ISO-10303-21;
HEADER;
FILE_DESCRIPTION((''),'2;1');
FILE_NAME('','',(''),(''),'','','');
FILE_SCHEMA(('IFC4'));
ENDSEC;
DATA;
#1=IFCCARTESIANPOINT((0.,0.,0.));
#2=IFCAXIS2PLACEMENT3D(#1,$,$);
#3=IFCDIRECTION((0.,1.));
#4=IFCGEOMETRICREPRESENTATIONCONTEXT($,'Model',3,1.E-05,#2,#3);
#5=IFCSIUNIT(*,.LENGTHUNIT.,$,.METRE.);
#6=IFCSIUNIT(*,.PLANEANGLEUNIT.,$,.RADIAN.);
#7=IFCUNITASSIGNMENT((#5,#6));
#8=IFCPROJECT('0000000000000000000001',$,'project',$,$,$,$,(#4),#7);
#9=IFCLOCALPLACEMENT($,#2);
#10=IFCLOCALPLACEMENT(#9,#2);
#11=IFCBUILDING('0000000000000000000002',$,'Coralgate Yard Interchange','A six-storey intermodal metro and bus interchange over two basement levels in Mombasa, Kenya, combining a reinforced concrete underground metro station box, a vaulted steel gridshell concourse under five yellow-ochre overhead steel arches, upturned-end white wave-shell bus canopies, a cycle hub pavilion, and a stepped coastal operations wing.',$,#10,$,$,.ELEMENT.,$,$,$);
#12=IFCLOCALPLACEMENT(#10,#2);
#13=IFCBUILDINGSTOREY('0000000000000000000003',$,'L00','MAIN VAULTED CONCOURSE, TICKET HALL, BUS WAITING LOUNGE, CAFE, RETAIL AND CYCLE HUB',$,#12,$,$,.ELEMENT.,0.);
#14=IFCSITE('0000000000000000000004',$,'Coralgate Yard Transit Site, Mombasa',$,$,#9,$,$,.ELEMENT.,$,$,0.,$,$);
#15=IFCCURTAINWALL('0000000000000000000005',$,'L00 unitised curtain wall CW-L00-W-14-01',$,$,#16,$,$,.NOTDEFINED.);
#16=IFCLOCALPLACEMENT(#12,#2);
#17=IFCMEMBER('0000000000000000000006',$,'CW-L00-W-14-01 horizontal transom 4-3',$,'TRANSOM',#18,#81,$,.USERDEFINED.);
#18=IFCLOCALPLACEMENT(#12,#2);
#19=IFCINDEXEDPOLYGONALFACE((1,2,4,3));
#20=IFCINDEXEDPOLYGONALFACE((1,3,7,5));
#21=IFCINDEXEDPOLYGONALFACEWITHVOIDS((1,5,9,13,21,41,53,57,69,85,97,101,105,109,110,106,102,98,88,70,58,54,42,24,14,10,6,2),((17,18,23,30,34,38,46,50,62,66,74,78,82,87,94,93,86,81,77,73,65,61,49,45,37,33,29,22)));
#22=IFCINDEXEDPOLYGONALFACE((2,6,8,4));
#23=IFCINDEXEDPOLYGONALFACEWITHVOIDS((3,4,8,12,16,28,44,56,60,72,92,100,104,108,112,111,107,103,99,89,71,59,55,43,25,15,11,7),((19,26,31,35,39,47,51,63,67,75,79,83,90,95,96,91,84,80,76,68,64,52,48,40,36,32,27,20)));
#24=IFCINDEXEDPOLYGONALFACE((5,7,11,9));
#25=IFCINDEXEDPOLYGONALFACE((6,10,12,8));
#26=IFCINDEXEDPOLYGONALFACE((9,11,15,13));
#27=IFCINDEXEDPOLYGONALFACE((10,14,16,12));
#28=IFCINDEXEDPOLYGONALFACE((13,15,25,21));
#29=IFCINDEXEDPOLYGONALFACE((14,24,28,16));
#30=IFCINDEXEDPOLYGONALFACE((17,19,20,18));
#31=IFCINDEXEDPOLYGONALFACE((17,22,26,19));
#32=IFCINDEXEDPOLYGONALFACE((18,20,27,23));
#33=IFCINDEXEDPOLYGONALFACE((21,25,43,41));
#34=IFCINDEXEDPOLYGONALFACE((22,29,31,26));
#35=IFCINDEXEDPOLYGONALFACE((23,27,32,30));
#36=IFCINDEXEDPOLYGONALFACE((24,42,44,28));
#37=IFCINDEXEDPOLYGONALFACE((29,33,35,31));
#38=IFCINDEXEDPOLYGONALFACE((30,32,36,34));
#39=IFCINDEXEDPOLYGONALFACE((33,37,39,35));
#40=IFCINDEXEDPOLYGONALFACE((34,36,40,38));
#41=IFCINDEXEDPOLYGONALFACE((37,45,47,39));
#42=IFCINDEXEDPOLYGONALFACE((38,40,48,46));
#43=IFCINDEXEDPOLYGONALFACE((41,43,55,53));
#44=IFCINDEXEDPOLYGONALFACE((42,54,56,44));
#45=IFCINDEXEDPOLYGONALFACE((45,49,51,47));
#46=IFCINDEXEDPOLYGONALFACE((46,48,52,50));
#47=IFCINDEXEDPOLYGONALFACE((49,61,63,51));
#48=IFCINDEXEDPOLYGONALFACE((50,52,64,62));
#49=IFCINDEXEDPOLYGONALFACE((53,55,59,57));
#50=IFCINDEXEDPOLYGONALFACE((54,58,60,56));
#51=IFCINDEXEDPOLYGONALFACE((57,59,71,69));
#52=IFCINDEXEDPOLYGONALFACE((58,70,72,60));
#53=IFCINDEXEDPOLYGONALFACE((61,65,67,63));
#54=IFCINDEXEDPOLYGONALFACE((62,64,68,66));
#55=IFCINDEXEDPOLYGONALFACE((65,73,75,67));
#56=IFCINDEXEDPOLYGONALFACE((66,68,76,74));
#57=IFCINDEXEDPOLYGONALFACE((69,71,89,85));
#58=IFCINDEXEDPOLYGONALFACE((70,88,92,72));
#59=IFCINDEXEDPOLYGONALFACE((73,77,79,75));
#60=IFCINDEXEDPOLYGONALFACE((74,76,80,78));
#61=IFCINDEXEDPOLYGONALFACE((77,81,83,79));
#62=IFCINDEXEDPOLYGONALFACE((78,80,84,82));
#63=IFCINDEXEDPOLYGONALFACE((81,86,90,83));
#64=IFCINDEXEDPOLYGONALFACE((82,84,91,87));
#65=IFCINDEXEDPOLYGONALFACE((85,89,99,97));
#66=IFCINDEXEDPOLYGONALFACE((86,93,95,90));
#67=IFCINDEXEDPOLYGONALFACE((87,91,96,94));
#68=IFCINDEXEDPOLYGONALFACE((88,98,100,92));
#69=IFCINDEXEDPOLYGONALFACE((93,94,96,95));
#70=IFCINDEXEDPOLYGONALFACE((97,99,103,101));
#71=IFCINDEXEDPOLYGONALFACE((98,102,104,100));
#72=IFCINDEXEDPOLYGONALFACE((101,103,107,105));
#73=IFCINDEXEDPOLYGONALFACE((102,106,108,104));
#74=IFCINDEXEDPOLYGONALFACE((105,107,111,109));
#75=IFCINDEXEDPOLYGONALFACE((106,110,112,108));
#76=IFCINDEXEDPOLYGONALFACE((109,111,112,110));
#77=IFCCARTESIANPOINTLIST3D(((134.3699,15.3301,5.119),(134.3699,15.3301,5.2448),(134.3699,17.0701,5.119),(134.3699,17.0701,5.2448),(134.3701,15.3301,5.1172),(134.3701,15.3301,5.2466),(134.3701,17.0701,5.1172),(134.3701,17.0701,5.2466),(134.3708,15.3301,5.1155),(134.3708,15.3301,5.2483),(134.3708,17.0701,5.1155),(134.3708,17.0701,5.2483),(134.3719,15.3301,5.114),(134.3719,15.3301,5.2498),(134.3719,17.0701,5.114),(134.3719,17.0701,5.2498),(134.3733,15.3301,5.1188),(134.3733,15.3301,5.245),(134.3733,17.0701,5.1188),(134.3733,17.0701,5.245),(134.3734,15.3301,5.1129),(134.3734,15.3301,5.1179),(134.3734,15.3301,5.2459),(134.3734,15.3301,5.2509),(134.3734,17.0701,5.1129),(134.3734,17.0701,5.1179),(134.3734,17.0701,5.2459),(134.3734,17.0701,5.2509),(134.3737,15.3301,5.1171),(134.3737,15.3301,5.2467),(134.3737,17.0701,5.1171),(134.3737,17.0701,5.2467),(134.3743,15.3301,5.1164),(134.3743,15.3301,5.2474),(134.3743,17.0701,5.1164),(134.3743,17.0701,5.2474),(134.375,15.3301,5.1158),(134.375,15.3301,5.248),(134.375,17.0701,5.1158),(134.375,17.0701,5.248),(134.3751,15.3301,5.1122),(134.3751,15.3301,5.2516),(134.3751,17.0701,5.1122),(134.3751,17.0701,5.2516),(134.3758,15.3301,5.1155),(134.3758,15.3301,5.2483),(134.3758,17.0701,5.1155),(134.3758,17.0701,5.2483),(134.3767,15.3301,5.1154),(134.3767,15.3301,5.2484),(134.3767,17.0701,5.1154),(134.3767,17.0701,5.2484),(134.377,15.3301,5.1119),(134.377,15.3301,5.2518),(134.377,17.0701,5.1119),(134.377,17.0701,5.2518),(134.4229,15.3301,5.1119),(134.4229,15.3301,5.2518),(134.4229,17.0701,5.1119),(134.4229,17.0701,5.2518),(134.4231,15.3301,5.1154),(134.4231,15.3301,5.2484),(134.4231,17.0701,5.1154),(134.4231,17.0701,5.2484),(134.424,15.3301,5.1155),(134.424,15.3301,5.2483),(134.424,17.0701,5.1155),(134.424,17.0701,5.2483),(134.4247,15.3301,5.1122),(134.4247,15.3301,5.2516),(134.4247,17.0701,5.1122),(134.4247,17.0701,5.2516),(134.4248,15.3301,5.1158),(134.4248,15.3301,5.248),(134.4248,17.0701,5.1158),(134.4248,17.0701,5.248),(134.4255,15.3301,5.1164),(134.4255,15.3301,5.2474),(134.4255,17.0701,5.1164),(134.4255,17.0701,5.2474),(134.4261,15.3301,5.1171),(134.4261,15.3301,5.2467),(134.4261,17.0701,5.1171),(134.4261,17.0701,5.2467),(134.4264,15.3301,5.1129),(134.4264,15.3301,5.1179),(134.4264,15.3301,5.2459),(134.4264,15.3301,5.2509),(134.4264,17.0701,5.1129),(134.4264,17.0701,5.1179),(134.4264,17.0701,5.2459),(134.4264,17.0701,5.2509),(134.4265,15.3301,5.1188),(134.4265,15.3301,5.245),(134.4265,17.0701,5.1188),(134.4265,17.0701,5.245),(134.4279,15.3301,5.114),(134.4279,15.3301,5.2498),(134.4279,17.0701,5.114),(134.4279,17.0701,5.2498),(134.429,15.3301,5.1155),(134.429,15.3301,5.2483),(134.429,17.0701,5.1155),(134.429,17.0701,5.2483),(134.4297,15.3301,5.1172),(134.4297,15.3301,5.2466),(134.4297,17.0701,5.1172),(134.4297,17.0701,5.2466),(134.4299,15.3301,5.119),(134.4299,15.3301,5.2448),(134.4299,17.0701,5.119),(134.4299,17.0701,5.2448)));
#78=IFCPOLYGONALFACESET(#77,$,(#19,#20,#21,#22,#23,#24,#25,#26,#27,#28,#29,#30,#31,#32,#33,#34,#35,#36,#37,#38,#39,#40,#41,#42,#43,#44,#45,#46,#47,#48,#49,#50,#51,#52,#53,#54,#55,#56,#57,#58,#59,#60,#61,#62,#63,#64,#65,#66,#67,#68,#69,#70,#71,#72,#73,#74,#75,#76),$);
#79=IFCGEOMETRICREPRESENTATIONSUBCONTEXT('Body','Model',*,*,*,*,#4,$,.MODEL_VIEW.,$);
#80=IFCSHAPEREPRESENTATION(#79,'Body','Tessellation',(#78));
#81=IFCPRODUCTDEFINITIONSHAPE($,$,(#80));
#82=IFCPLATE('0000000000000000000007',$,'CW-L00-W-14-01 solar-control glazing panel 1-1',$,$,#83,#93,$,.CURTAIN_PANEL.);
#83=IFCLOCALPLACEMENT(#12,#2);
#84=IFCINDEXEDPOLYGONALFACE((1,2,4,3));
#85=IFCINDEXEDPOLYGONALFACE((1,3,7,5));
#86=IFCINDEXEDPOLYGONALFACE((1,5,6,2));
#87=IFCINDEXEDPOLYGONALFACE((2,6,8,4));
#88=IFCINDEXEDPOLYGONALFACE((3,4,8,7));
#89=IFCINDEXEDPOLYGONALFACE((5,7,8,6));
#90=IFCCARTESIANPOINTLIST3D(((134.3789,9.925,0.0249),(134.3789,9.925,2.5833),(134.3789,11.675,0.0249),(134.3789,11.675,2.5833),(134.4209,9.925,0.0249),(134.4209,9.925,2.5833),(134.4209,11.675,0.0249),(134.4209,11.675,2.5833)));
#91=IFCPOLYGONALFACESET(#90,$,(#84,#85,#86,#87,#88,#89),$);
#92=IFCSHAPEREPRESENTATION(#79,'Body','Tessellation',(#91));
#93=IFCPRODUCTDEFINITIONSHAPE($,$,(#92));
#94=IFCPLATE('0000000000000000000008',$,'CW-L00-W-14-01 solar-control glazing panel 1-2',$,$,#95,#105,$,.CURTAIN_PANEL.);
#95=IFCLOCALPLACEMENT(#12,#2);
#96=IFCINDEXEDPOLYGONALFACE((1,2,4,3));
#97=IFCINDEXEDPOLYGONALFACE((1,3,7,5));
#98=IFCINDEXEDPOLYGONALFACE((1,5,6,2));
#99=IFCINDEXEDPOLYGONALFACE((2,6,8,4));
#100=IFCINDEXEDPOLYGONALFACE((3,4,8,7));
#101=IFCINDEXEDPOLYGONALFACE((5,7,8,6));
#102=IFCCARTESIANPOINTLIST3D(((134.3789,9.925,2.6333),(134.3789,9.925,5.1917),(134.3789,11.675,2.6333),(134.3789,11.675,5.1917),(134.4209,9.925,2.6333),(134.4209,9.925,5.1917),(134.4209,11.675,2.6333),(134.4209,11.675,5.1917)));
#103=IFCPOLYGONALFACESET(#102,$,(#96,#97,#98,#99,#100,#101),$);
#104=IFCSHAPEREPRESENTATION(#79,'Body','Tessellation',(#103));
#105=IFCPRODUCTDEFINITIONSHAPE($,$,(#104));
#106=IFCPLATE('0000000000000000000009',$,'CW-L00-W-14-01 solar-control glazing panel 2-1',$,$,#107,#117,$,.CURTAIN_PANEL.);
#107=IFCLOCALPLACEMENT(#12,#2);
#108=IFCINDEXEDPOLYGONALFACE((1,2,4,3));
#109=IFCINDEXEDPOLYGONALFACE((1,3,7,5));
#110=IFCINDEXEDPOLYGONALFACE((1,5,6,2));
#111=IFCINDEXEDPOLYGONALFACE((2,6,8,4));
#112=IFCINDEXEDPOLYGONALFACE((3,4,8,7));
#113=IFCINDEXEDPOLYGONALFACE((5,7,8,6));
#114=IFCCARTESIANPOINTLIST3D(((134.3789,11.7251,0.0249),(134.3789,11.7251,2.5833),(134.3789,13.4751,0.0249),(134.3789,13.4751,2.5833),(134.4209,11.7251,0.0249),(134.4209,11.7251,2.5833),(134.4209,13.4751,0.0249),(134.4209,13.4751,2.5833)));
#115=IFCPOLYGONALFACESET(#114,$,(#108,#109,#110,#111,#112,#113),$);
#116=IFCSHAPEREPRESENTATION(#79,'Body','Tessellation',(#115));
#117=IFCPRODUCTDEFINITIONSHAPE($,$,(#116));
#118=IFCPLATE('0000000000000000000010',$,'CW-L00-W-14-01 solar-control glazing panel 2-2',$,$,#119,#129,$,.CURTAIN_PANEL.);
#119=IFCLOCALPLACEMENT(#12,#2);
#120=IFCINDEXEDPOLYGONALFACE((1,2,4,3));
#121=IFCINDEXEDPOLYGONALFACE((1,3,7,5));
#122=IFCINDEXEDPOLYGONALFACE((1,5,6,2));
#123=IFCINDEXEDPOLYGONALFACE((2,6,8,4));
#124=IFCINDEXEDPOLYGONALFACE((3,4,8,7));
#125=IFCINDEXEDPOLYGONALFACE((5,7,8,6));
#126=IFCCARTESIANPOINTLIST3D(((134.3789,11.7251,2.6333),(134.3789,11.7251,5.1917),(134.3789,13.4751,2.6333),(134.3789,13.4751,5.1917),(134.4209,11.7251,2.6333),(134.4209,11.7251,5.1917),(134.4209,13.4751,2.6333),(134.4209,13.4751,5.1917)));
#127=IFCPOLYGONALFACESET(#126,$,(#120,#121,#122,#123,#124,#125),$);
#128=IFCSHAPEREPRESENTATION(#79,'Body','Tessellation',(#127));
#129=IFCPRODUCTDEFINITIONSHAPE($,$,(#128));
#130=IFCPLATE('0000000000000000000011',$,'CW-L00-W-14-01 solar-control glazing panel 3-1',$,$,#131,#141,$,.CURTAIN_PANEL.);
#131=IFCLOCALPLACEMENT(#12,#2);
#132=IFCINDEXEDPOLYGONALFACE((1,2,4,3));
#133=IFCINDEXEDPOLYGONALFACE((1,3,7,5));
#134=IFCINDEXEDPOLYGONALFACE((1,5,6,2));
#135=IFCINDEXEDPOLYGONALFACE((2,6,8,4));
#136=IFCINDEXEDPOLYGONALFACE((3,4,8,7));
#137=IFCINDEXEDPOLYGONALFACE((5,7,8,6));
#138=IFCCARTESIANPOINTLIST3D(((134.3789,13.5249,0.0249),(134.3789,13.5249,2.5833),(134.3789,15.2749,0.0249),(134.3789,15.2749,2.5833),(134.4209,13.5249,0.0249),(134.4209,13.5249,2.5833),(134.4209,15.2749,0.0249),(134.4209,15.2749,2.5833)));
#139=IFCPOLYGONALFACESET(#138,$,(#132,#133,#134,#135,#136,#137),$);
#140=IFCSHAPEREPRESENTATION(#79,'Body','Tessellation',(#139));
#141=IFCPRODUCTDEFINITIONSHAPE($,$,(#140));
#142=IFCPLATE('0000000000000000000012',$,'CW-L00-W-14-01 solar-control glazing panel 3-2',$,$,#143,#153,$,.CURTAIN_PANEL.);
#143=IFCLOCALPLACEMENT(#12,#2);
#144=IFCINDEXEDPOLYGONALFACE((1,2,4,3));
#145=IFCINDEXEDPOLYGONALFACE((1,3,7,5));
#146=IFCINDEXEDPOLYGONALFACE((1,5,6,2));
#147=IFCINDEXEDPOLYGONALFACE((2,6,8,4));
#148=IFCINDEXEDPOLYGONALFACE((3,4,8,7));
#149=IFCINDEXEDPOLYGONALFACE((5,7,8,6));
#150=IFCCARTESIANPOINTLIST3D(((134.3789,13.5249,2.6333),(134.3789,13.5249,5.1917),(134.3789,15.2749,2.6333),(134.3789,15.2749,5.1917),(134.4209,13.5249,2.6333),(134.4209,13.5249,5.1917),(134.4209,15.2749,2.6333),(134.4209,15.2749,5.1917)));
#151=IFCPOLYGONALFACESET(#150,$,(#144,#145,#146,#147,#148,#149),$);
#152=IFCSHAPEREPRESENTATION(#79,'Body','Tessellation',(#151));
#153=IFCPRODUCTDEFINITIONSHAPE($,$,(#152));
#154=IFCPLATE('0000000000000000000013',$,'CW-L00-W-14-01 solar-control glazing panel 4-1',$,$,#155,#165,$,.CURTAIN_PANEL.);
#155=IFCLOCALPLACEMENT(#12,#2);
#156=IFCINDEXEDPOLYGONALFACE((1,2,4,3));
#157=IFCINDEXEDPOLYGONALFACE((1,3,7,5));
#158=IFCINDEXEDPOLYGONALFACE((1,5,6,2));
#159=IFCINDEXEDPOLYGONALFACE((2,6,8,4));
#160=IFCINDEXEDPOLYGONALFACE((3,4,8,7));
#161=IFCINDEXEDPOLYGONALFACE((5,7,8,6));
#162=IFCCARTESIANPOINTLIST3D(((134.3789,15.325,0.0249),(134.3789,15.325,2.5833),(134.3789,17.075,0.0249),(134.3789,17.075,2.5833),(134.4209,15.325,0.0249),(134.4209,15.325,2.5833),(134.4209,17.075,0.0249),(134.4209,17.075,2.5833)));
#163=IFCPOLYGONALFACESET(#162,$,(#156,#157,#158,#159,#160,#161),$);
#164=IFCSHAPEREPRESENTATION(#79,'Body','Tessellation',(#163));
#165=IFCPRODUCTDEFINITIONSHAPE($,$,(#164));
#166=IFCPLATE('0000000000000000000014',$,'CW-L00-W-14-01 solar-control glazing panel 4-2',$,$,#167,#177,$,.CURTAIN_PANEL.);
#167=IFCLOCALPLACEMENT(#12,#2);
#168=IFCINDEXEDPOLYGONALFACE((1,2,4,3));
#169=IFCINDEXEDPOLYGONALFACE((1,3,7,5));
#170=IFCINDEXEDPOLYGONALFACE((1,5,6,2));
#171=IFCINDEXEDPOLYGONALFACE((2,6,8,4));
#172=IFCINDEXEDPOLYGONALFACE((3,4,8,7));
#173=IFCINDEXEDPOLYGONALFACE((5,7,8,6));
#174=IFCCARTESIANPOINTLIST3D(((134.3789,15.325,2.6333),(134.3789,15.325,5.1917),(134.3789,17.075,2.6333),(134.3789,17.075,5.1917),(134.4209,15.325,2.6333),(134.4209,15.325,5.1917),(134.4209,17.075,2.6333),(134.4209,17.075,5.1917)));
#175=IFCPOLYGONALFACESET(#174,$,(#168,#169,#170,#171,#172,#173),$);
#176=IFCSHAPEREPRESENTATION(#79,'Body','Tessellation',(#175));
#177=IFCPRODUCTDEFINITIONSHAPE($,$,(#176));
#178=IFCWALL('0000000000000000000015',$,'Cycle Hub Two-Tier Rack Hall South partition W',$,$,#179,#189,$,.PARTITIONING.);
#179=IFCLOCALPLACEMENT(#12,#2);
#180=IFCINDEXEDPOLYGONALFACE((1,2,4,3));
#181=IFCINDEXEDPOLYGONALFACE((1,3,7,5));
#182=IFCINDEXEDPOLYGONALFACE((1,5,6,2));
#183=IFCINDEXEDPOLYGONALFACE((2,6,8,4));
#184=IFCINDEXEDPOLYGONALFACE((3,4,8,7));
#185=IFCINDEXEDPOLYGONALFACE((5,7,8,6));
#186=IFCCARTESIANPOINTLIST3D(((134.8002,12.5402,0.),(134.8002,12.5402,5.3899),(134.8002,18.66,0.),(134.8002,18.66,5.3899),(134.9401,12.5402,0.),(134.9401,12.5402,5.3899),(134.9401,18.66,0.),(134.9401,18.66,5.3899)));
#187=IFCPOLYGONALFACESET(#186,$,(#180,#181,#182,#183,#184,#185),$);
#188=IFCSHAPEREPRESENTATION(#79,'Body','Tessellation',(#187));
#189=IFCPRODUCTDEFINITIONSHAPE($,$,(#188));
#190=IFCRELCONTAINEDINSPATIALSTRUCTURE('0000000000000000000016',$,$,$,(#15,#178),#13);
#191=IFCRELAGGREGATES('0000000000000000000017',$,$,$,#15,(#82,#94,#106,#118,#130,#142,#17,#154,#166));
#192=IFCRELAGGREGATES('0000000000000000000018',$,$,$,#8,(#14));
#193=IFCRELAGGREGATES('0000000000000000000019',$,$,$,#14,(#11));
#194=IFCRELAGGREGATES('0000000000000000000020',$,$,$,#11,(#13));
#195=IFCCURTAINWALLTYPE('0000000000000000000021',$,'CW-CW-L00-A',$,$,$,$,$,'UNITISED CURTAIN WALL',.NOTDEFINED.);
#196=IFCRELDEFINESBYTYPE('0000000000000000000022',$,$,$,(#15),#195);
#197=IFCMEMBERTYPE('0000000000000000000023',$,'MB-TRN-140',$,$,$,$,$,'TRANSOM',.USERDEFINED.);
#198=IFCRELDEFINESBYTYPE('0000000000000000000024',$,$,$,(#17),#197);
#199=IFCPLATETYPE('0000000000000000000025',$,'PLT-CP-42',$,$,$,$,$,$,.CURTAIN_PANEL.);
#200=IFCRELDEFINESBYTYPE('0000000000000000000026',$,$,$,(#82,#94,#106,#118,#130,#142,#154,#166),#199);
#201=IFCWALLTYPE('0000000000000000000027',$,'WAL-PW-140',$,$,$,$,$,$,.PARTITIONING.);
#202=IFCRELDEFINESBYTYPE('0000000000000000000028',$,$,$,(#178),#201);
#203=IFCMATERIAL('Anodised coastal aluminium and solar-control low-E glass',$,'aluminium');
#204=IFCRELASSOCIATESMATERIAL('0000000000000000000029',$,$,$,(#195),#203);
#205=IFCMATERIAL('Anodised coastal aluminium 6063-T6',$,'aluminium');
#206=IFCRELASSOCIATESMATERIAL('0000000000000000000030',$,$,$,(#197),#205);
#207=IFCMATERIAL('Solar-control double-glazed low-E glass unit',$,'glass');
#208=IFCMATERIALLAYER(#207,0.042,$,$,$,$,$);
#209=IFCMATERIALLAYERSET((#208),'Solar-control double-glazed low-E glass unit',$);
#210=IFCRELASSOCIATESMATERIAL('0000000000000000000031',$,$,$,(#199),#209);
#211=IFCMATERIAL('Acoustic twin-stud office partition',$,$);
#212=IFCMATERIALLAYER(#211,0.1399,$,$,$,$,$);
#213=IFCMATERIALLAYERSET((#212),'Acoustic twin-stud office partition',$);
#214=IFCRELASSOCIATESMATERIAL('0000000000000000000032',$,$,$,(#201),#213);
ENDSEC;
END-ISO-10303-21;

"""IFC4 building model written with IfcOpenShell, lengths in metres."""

from ifc_helpers import new_model, si_unit, direction, frame, frame_2d, origin, origin_2d, place, context, subcontext, project, spatial, rectangle, hollow_rectangle, extrude, material, layer, layer_set, material_profile, profile_set, type_object, element, aggregate, save


model = new_model("IFC4")

# Units and contexts
model_context = context("Model", 3, precision=1e-05, world=origin(), true_north=direction((0.0, 1.0)))
body_context = subcontext(model_context, "Body", "Model", "MODEL_VIEW")
ifc_project = project(units=[si_unit("LENGTHUNIT", "METRE"), si_unit("PLANEANGLEUNIT", "RADIAN")], contexts=[model_context])

# Site, building, storey
site_placement = place(None, origin())
site = spatial("IfcSite", under=ifc_project, at=site_placement, Name="Coralgate Yard Transit Site, Mombasa", CompositionType="ELEMENT", RefElevation=0.0)
building_placement = place(site_placement, origin())
building = spatial("IfcBuilding", under=site, at=building_placement, Name="Coralgate Yard Interchange", Description="A six-storey intermodal metro and bus interchange over two basement levels in Mombasa, Kenya, combining a reinforced concrete underground metro station box, a vaulted steel gridshell concourse under five yellow-ochre overhead steel arches, upturned-end white wave-shell bus canopies, a cycle hub pavilion, and a stepped coastal operations wing.", CompositionType="ELEMENT")
storey_placement = place(building_placement, origin())
storey = spatial("IfcBuildingStorey", under=building, at=storey_placement, Name="L00", Description="MAIN VAULTED CONCOURSE, TICKET HALL, BUS WAITING LOUNGE, CAFE, RETAIL AND CYCLE HUB", CompositionType="ELEMENT", Elevation=0.0)

# Curtain wall, member, plates
ifc_material_1 = material(Name="Anodised coastal aluminium and solar-control low-E glass", Category="aluminium")
curtain_wall_type = type_object("IfcCurtainWallType", Name="CW-CW-L00-A", ElementType="UNITISED CURTAIN WALL", PredefinedType="NOTDEFINED", material=ifc_material_1)
curtain_wall_placement = place(storey_placement, origin())
curtain_wall = element("IfcCurtainWall", 1, at=curtain_wall_placement, inside=storey, type_object=curtain_wall_type, Name="L00 unitised curtain wall CW-L00-W-14-01", PredefinedType="NOTDEFINED")
ifc_material_2 = material(Name="Anodised coastal aluminium 6063-T6", Category="aluminium")
ifc_material_profile_1 = material_profile(ifc_material_2, hollow_rectangle(XDim=0.0601, YDim=0.1399, WallThickness=0.0034, InnerFilletRadius=0.0034, OuterFilletRadius=0.0071, at=origin_2d()), Name="ALU 60x140x3.5")
ifc_profile_set_1 = profile_set([ifc_material_profile_1], Name="Anodised coastal aluminium 6063-T6")
member_type_1 = type_object("IfcMemberType", Name="MB-TRN-140", ElementType="TRANSOM", PredefinedType="USERDEFINED", material=ifc_profile_set_1)
member_1_placement = place(storey_placement, frame((134.3999, 15.3301, 5.1819), z_axis=(0.0, 1.0, 0.0), x_axis=(-1.0, 0.0, 0.0)))
member_1 = element("IfcMember", 2, at=member_1_placement, type_object=member_type_1, Name="CW-L00-W-14-01 horizontal transom 4-3", ObjectType="TRANSOM", PredefinedType="USERDEFINED", context=body_context, shape_type="SweptSolid", body=[
    extrude(hollow_rectangle(XDim=0.0601, YDim=0.1399, WallThickness=0.0034, InnerFilletRadius=0.0034, OuterFilletRadius=0.0071, at=origin_2d()), origin(), (0.0, 0.0, 1.0), 1.74),
])
ifc_material_3 = material(Name="Solar-control double-glazed low-E glass unit", Category="glass")
ifc_layer_1 = layer(ifc_material_3, 0.042)
ifc_layer_set_1 = layer_set([ifc_layer_1], Name="Solar-control double-glazed low-E glass unit")
plate_type = type_object("IfcPlateType", Name="PLT-CP-42", PredefinedType="CURTAIN_PANEL", material=ifc_layer_set_1)
plate_1_placement = place(storey_placement, frame((134.3999, 10.8, 0.0249), z_axis=(0.0, 0.0, 1.0), x_axis=(0.0, 1.0, 0.0)))
plate_1 = element("IfcPlate", 3, at=plate_1_placement, type_object=plate_type, Name="CW-L00-W-14-01 solar-control glazing panel 1-1", PredefinedType="CURTAIN_PANEL", context=body_context, shape_type="SweptSolid", body=[
    extrude(rectangle(XDim=1.75, YDim=0.042, at=origin_2d()), origin(), (0.0, 0.0, 1.0), 2.5583),
])
plate_2_placement = place(storey_placement, frame((134.3999, 10.8, 2.6333), z_axis=(0.0, 0.0, 1.0), x_axis=(0.0, 1.0, 0.0)))
plate_2 = element("IfcPlate", 4, at=plate_2_placement, type_object=plate_type, Name="CW-L00-W-14-01 solar-control glazing panel 1-2", PredefinedType="CURTAIN_PANEL", context=body_context, shape_type="SweptSolid", body=[
    extrude(rectangle(XDim=1.75, YDim=0.042, at=origin_2d()), origin(), (0.0, 0.0, 1.0), 2.5583),
])
plate_3_placement = place(storey_placement, frame((134.3999, 12.6001, 0.0249), z_axis=(0.0, 0.0, 1.0), x_axis=(0.0, 1.0, 0.0)))
plate_3 = element("IfcPlate", 5, at=plate_3_placement, type_object=plate_type, Name="CW-L00-W-14-01 solar-control glazing panel 2-1", PredefinedType="CURTAIN_PANEL", context=body_context, shape_type="SweptSolid", body=[
    extrude(rectangle(XDim=1.75, YDim=0.042, at=origin_2d()), origin(), (0.0, 0.0, 1.0), 2.5583),
])
plate_4_placement = place(storey_placement, frame((134.3999, 12.6001, 2.6333), z_axis=(0.0, 0.0, 1.0), x_axis=(0.0, 1.0, 0.0)))
plate_4 = element("IfcPlate", 6, at=plate_4_placement, type_object=plate_type, Name="CW-L00-W-14-01 solar-control glazing panel 2-2", PredefinedType="CURTAIN_PANEL", context=body_context, shape_type="SweptSolid", body=[
    extrude(rectangle(XDim=1.75, YDim=0.042, at=origin_2d()), origin(), (0.0, 0.0, 1.0), 2.5583),
])
plate_5_placement = place(storey_placement, frame((134.3999, 14.3999, 0.0249), z_axis=(0.0, 0.0, 1.0), x_axis=(0.0, 1.0, 0.0)))
plate_5 = element("IfcPlate", 7, at=plate_5_placement, type_object=plate_type, Name="CW-L00-W-14-01 solar-control glazing panel 3-1", PredefinedType="CURTAIN_PANEL", context=body_context, shape_type="SweptSolid", body=[
    extrude(rectangle(XDim=1.75, YDim=0.042, at=origin_2d()), origin(), (0.0, 0.0, 1.0), 2.5583),
])
plate_6_placement = place(storey_placement, frame((134.3999, 14.3999, 2.6333), z_axis=(0.0, 0.0, 1.0), x_axis=(0.0, 1.0, 0.0)))
plate_6 = element("IfcPlate", 8, at=plate_6_placement, type_object=plate_type, Name="CW-L00-W-14-01 solar-control glazing panel 3-2", PredefinedType="CURTAIN_PANEL", context=body_context, shape_type="SweptSolid", body=[
    extrude(rectangle(XDim=1.75, YDim=0.042, at=origin_2d()), origin(), (0.0, 0.0, 1.0), 2.5583),
])
plate_7_placement = place(storey_placement, frame((134.3999, 16.2, 0.0249), z_axis=(0.0, 0.0, 1.0), x_axis=(0.0, 1.0, 0.0)))
plate_7 = element("IfcPlate", 9, at=plate_7_placement, type_object=plate_type, Name="CW-L00-W-14-01 solar-control glazing panel 4-1", PredefinedType="CURTAIN_PANEL", context=body_context, shape_type="SweptSolid", body=[
    extrude(rectangle(XDim=1.75, YDim=0.042, at=origin_2d()), origin(), (0.0, 0.0, 1.0), 2.5583),
])
plate_8_placement = place(storey_placement, frame((134.3999, 16.2, 2.6333), z_axis=(0.0, 0.0, 1.0), x_axis=(0.0, 1.0, 0.0)))
plate_8 = element("IfcPlate", 10, at=plate_8_placement, type_object=plate_type, Name="CW-L00-W-14-01 solar-control glazing panel 4-2", PredefinedType="CURTAIN_PANEL", context=body_context, shape_type="SweptSolid", body=[
    extrude(rectangle(XDim=1.75, YDim=0.042, at=origin_2d()), origin(), (0.0, 0.0, 1.0), 2.5583),
])
aggregate(curtain_wall, [plate_1, plate_2, plate_3, plate_4, plate_5, plate_6, member_1, plate_7, plate_8])

# Wall
ifc_material_4 = material(Name="Acoustic twin-stud office partition")
ifc_layer_2 = layer(ifc_material_4, 0.1399)
ifc_layer_set_2 = layer_set([ifc_layer_2], Name="Acoustic twin-stud office partition")
wall_type = type_object("IfcWallType", Name="WAL-PW-140", PredefinedType="PARTITIONING", material=ifc_layer_set_2)
wall_placement = place(storey_placement, frame((134.8701, 12.54, 0.0), z_axis=(0.0, 0.0, 1.0), x_axis=(0.0, 1.0, 0.0)))
element("IfcWall", 11, at=wall_placement, inside=storey, type_object=wall_type, Name="Cycle Hub Two-Tier Rack Hall South partition W", PredefinedType="PARTITIONING", context=body_context, shape_type="SweptSolid", body=[
    extrude(rectangle(XDim=6.1199, YDim=0.1399, at=frame_2d((3.0601, 0.0))), origin(), (0.0, 0.0, 1.0), 5.3899),
])

save(model, "model.ifc")
